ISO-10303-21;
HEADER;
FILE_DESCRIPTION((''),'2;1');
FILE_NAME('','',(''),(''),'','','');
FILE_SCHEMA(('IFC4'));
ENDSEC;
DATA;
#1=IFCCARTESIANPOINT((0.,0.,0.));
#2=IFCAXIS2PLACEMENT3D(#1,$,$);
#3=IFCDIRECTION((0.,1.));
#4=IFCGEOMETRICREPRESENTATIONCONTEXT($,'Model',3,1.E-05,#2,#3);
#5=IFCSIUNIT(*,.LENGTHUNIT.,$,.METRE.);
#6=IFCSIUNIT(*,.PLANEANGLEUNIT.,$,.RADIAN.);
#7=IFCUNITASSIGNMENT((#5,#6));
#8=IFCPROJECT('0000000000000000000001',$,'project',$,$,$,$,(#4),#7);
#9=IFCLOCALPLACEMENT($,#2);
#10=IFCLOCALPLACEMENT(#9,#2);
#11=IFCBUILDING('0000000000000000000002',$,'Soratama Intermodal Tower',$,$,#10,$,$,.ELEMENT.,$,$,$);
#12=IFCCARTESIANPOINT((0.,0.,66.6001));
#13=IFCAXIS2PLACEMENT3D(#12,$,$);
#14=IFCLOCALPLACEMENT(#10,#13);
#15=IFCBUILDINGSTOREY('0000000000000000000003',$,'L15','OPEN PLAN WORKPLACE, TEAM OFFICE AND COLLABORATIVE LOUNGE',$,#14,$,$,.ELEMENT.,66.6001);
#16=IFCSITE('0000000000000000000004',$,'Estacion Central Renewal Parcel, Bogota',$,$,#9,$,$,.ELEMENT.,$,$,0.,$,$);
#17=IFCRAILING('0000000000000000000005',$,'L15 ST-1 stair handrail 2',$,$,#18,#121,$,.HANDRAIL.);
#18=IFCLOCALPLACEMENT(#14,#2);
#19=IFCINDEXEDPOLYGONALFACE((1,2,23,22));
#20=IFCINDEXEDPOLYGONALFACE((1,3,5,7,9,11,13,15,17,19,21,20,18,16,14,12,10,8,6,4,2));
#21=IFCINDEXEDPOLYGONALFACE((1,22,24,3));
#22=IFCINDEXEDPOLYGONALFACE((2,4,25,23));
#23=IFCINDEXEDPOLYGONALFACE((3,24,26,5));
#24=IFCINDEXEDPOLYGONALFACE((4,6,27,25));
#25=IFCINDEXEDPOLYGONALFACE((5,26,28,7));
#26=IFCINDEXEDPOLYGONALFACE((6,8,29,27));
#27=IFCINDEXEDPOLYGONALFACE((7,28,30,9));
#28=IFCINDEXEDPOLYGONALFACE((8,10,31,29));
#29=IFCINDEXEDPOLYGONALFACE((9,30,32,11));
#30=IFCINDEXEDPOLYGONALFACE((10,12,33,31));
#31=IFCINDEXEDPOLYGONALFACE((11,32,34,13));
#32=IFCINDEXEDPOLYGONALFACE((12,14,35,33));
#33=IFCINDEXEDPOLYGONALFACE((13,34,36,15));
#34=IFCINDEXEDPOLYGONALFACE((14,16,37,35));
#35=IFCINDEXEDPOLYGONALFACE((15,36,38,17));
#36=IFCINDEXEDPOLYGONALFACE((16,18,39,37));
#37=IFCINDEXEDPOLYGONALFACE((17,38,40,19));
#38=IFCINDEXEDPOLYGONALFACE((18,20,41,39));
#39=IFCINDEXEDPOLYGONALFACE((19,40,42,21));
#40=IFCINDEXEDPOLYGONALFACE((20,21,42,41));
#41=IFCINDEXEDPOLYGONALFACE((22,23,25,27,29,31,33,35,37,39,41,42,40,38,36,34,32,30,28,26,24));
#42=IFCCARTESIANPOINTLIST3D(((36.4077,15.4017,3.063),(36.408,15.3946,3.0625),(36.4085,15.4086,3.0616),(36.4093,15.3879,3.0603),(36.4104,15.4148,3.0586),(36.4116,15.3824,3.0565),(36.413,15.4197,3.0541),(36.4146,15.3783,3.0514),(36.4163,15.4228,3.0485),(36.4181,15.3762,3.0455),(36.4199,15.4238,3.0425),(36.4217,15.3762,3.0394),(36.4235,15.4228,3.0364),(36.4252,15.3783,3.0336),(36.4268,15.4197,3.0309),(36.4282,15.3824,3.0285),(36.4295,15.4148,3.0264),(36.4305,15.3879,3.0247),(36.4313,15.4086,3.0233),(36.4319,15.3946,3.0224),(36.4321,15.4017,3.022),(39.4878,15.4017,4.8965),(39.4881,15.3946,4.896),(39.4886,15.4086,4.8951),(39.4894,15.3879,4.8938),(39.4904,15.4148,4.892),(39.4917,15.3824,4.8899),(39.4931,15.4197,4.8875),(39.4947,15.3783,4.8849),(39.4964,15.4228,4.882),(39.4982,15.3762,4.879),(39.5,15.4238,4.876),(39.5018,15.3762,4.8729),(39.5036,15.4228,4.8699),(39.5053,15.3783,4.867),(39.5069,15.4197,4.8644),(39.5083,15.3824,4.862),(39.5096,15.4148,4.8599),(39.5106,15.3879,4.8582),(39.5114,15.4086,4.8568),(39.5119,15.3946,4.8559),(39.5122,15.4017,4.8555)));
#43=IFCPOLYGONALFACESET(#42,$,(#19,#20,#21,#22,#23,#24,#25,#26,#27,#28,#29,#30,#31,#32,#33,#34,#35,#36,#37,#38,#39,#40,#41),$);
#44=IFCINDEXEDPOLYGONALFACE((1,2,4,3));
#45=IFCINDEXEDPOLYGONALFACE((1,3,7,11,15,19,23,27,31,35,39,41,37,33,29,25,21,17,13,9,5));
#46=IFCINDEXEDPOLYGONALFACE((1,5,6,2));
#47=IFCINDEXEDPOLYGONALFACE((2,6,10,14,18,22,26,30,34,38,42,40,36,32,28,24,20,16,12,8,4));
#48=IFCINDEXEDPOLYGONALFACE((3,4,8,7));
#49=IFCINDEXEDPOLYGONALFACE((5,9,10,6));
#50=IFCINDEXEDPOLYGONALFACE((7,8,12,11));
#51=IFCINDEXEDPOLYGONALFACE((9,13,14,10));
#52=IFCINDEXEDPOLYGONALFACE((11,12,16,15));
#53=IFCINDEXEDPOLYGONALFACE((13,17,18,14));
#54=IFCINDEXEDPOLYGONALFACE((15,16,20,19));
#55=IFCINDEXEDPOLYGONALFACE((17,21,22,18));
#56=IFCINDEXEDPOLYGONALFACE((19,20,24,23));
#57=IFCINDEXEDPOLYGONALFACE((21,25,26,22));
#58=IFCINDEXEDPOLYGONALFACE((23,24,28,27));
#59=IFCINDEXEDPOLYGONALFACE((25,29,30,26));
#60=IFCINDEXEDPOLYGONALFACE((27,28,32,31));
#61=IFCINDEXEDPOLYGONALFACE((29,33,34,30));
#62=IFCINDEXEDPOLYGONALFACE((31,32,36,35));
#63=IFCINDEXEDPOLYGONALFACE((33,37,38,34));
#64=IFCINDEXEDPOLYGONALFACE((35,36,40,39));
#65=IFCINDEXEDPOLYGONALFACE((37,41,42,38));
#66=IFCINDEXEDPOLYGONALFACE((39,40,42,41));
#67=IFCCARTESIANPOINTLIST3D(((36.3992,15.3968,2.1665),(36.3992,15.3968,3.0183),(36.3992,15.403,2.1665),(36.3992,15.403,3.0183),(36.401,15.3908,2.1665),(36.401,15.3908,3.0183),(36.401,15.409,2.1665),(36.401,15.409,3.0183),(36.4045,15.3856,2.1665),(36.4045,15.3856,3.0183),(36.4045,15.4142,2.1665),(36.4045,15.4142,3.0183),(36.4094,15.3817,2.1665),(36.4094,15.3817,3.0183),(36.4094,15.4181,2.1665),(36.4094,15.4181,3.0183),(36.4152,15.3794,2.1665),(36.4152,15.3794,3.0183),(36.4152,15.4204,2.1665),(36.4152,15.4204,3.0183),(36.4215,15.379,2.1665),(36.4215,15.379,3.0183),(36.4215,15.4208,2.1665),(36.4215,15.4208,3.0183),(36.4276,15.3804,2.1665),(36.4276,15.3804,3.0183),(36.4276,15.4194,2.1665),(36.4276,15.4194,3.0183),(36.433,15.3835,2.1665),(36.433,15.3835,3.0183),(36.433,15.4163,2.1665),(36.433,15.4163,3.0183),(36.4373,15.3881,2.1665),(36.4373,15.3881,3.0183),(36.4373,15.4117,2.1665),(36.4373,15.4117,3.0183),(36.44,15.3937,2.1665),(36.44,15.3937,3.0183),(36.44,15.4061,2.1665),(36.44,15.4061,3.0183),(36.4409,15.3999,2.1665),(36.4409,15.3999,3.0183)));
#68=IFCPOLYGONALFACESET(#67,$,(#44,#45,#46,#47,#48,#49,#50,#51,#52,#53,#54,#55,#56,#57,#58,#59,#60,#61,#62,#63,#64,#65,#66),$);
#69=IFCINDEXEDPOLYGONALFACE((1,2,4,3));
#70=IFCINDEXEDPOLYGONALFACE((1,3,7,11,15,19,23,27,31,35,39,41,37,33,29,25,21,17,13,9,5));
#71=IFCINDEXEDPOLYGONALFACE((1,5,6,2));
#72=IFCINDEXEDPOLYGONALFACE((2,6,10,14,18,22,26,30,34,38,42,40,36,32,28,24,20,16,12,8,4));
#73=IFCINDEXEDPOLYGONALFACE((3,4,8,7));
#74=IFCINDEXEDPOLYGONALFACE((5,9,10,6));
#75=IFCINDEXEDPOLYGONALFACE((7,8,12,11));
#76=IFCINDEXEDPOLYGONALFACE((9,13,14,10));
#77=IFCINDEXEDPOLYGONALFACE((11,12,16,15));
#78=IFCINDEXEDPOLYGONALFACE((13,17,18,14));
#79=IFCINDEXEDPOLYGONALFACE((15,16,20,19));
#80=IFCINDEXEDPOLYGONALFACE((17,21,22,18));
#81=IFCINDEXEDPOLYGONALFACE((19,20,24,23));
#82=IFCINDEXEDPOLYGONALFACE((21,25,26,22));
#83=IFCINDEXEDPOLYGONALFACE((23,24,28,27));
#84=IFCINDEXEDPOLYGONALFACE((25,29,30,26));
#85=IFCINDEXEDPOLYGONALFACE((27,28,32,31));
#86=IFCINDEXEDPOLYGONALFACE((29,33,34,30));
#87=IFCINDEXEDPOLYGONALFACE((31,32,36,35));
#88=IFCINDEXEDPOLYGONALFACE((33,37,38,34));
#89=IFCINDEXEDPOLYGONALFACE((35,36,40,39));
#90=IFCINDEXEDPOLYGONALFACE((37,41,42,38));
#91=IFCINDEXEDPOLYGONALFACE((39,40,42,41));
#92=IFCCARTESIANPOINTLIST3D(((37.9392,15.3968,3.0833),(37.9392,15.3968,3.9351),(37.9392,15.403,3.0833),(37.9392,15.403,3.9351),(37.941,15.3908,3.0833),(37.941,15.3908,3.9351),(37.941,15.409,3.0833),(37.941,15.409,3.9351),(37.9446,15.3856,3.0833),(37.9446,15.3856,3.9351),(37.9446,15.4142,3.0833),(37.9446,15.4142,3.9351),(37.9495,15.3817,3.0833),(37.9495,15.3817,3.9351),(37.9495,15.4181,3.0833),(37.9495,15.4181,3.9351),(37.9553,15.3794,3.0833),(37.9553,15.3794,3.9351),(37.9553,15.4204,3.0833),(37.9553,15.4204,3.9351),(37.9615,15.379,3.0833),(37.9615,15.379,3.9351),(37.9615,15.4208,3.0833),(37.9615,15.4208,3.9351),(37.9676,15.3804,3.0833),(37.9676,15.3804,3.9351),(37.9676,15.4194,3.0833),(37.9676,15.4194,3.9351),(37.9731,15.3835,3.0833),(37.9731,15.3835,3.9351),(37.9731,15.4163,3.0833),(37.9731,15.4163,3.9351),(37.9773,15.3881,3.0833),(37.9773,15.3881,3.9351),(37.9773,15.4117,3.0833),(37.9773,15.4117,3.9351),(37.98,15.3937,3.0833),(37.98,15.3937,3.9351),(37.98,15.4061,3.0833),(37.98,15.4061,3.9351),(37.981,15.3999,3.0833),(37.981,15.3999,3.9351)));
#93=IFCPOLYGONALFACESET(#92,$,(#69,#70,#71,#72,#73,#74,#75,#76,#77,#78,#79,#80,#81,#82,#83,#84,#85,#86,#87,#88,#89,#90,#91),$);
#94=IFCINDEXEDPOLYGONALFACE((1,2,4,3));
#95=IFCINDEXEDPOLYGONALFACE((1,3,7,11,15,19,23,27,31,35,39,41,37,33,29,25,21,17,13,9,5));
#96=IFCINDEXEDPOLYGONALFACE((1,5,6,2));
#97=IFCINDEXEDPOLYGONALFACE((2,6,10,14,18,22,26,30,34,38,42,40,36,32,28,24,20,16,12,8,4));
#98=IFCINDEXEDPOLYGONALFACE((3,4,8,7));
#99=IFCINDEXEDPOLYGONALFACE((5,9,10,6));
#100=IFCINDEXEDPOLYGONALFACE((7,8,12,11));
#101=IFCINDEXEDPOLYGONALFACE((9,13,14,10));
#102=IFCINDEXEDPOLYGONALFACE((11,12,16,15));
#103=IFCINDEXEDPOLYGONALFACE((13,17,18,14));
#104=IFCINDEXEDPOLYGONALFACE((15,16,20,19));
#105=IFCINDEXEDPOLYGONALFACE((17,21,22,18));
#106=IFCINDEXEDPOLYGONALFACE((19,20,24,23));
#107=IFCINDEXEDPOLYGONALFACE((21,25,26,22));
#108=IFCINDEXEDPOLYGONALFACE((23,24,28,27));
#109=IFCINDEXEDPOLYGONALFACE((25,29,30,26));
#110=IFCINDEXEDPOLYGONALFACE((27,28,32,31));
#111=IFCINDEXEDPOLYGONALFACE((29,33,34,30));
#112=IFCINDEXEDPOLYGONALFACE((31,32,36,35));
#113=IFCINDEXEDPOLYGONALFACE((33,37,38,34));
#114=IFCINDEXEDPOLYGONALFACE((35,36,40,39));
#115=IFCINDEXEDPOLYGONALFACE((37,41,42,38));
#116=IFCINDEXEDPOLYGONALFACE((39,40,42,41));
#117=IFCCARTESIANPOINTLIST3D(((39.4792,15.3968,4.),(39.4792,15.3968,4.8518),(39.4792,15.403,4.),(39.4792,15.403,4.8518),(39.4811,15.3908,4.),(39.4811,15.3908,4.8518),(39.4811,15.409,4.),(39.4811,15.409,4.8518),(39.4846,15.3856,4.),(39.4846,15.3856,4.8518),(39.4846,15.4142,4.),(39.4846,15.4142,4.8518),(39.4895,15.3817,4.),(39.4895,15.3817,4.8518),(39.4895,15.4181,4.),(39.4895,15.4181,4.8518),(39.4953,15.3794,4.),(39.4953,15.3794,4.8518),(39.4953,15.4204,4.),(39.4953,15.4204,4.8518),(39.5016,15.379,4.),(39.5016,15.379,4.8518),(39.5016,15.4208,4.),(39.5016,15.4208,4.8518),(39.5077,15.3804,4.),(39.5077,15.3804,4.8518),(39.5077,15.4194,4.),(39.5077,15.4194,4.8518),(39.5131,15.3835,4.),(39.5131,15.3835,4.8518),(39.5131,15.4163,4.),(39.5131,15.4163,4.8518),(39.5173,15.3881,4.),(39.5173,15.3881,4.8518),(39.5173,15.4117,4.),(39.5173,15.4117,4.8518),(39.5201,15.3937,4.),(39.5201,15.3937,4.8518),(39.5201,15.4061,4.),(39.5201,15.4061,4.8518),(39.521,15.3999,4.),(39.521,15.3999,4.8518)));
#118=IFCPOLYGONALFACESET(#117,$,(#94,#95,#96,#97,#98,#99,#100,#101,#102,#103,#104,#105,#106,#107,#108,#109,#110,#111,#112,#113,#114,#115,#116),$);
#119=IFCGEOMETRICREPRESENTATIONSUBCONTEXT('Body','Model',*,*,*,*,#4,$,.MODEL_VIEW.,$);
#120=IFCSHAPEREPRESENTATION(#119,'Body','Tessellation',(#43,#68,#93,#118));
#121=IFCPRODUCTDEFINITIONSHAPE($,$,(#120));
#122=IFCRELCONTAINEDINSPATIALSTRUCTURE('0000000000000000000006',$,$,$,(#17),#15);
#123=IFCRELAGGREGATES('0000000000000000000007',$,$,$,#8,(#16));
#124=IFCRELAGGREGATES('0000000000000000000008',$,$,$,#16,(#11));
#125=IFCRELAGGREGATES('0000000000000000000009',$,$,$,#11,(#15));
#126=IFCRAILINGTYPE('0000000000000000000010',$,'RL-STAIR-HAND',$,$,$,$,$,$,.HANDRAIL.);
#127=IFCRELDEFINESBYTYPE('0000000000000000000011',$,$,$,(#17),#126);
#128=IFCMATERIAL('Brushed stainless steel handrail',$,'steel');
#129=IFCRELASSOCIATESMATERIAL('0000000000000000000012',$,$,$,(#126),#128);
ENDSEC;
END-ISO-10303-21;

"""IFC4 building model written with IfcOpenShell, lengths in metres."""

from ifc_helpers import new_model, si_unit, direction, frame, origin, origin_2d, place, context, subcontext, project, spatial, circle, extrude, material, type_object, element, save


model = new_model("IFC4")

# Units and contexts
model_context = context("Model", 3, precision=1e-05, world=origin(), true_north=direction((0.0, 1.0)))
body_context = subcontext(model_context, "Body", "Model", "MODEL_VIEW")
ifc_project = project(units=[si_unit("LENGTHUNIT", "METRE"), si_unit("PLANEANGLEUNIT", "RADIAN")], contexts=[model_context])

# Site, building, storey
site_placement = place(None, origin())
site = spatial("IfcSite", under=ifc_project, at=site_placement, Name="Estacion Central Renewal Parcel, Bogota", CompositionType="ELEMENT", RefElevation=0.0)
building_placement = place(site_placement, origin())
building = spatial("IfcBuilding", under=site, at=building_placement, Name="Soratama Intermodal Tower", CompositionType="ELEMENT")
storey_placement = place(building_placement, frame((0.0, 0.0, 66.6001)))
storey = spatial("IfcBuildingStorey", under=building, at=storey_placement, Name="L15", Description="OPEN PLAN WORKPLACE, TEAM OFFICE AND COLLABORATIVE LOUNGE", CompositionType="ELEMENT", Elevation=66.6001)

# Railing
ifc_material_1 = material(Name="Brushed stainless steel handrail", Category="steel")
railing_type_1 = type_object("IfcRailingType", Name="RL-STAIR-HAND", PredefinedType="HANDRAIL", material=ifc_material_1)
railing_1_placement = place(storey_placement, frame((36.4199, 15.3999, 2.1665)))
element("IfcRailing", 1, at=railing_1_placement, inside=storey, type_object=railing_type_1, Name="L15 ST-1 stair handrail 2", PredefinedType="HANDRAIL", context=body_context, shape_type="SweptSolid", body=[
    extrude(circle(Radius=0.0239, at=origin_2d()), frame((0.0, 0.0, 0.876), z_axis=(0.859279, 0.0, 0.511508), x_axis=(0.0, 1.0, 0.0)), (0.0, 0.0, 1.0), 3.5845),
    extrude(circle(Radius=0.021, at=origin_2d()), origin(), (0.0, 0.0, 1.0), 0.8518),
    extrude(circle(Radius=0.021, at=origin_2d()), frame((1.54, 0.0, 0.9167)), (0.0, 0.0, 1.0), 0.8518),
    extrude(circle(Radius=0.021, at=origin_2d()), frame((3.0801, 0.0, 1.8335)), (0.0, 0.0, 1.0), 0.8518),
])

save(model, "model.ifc")
